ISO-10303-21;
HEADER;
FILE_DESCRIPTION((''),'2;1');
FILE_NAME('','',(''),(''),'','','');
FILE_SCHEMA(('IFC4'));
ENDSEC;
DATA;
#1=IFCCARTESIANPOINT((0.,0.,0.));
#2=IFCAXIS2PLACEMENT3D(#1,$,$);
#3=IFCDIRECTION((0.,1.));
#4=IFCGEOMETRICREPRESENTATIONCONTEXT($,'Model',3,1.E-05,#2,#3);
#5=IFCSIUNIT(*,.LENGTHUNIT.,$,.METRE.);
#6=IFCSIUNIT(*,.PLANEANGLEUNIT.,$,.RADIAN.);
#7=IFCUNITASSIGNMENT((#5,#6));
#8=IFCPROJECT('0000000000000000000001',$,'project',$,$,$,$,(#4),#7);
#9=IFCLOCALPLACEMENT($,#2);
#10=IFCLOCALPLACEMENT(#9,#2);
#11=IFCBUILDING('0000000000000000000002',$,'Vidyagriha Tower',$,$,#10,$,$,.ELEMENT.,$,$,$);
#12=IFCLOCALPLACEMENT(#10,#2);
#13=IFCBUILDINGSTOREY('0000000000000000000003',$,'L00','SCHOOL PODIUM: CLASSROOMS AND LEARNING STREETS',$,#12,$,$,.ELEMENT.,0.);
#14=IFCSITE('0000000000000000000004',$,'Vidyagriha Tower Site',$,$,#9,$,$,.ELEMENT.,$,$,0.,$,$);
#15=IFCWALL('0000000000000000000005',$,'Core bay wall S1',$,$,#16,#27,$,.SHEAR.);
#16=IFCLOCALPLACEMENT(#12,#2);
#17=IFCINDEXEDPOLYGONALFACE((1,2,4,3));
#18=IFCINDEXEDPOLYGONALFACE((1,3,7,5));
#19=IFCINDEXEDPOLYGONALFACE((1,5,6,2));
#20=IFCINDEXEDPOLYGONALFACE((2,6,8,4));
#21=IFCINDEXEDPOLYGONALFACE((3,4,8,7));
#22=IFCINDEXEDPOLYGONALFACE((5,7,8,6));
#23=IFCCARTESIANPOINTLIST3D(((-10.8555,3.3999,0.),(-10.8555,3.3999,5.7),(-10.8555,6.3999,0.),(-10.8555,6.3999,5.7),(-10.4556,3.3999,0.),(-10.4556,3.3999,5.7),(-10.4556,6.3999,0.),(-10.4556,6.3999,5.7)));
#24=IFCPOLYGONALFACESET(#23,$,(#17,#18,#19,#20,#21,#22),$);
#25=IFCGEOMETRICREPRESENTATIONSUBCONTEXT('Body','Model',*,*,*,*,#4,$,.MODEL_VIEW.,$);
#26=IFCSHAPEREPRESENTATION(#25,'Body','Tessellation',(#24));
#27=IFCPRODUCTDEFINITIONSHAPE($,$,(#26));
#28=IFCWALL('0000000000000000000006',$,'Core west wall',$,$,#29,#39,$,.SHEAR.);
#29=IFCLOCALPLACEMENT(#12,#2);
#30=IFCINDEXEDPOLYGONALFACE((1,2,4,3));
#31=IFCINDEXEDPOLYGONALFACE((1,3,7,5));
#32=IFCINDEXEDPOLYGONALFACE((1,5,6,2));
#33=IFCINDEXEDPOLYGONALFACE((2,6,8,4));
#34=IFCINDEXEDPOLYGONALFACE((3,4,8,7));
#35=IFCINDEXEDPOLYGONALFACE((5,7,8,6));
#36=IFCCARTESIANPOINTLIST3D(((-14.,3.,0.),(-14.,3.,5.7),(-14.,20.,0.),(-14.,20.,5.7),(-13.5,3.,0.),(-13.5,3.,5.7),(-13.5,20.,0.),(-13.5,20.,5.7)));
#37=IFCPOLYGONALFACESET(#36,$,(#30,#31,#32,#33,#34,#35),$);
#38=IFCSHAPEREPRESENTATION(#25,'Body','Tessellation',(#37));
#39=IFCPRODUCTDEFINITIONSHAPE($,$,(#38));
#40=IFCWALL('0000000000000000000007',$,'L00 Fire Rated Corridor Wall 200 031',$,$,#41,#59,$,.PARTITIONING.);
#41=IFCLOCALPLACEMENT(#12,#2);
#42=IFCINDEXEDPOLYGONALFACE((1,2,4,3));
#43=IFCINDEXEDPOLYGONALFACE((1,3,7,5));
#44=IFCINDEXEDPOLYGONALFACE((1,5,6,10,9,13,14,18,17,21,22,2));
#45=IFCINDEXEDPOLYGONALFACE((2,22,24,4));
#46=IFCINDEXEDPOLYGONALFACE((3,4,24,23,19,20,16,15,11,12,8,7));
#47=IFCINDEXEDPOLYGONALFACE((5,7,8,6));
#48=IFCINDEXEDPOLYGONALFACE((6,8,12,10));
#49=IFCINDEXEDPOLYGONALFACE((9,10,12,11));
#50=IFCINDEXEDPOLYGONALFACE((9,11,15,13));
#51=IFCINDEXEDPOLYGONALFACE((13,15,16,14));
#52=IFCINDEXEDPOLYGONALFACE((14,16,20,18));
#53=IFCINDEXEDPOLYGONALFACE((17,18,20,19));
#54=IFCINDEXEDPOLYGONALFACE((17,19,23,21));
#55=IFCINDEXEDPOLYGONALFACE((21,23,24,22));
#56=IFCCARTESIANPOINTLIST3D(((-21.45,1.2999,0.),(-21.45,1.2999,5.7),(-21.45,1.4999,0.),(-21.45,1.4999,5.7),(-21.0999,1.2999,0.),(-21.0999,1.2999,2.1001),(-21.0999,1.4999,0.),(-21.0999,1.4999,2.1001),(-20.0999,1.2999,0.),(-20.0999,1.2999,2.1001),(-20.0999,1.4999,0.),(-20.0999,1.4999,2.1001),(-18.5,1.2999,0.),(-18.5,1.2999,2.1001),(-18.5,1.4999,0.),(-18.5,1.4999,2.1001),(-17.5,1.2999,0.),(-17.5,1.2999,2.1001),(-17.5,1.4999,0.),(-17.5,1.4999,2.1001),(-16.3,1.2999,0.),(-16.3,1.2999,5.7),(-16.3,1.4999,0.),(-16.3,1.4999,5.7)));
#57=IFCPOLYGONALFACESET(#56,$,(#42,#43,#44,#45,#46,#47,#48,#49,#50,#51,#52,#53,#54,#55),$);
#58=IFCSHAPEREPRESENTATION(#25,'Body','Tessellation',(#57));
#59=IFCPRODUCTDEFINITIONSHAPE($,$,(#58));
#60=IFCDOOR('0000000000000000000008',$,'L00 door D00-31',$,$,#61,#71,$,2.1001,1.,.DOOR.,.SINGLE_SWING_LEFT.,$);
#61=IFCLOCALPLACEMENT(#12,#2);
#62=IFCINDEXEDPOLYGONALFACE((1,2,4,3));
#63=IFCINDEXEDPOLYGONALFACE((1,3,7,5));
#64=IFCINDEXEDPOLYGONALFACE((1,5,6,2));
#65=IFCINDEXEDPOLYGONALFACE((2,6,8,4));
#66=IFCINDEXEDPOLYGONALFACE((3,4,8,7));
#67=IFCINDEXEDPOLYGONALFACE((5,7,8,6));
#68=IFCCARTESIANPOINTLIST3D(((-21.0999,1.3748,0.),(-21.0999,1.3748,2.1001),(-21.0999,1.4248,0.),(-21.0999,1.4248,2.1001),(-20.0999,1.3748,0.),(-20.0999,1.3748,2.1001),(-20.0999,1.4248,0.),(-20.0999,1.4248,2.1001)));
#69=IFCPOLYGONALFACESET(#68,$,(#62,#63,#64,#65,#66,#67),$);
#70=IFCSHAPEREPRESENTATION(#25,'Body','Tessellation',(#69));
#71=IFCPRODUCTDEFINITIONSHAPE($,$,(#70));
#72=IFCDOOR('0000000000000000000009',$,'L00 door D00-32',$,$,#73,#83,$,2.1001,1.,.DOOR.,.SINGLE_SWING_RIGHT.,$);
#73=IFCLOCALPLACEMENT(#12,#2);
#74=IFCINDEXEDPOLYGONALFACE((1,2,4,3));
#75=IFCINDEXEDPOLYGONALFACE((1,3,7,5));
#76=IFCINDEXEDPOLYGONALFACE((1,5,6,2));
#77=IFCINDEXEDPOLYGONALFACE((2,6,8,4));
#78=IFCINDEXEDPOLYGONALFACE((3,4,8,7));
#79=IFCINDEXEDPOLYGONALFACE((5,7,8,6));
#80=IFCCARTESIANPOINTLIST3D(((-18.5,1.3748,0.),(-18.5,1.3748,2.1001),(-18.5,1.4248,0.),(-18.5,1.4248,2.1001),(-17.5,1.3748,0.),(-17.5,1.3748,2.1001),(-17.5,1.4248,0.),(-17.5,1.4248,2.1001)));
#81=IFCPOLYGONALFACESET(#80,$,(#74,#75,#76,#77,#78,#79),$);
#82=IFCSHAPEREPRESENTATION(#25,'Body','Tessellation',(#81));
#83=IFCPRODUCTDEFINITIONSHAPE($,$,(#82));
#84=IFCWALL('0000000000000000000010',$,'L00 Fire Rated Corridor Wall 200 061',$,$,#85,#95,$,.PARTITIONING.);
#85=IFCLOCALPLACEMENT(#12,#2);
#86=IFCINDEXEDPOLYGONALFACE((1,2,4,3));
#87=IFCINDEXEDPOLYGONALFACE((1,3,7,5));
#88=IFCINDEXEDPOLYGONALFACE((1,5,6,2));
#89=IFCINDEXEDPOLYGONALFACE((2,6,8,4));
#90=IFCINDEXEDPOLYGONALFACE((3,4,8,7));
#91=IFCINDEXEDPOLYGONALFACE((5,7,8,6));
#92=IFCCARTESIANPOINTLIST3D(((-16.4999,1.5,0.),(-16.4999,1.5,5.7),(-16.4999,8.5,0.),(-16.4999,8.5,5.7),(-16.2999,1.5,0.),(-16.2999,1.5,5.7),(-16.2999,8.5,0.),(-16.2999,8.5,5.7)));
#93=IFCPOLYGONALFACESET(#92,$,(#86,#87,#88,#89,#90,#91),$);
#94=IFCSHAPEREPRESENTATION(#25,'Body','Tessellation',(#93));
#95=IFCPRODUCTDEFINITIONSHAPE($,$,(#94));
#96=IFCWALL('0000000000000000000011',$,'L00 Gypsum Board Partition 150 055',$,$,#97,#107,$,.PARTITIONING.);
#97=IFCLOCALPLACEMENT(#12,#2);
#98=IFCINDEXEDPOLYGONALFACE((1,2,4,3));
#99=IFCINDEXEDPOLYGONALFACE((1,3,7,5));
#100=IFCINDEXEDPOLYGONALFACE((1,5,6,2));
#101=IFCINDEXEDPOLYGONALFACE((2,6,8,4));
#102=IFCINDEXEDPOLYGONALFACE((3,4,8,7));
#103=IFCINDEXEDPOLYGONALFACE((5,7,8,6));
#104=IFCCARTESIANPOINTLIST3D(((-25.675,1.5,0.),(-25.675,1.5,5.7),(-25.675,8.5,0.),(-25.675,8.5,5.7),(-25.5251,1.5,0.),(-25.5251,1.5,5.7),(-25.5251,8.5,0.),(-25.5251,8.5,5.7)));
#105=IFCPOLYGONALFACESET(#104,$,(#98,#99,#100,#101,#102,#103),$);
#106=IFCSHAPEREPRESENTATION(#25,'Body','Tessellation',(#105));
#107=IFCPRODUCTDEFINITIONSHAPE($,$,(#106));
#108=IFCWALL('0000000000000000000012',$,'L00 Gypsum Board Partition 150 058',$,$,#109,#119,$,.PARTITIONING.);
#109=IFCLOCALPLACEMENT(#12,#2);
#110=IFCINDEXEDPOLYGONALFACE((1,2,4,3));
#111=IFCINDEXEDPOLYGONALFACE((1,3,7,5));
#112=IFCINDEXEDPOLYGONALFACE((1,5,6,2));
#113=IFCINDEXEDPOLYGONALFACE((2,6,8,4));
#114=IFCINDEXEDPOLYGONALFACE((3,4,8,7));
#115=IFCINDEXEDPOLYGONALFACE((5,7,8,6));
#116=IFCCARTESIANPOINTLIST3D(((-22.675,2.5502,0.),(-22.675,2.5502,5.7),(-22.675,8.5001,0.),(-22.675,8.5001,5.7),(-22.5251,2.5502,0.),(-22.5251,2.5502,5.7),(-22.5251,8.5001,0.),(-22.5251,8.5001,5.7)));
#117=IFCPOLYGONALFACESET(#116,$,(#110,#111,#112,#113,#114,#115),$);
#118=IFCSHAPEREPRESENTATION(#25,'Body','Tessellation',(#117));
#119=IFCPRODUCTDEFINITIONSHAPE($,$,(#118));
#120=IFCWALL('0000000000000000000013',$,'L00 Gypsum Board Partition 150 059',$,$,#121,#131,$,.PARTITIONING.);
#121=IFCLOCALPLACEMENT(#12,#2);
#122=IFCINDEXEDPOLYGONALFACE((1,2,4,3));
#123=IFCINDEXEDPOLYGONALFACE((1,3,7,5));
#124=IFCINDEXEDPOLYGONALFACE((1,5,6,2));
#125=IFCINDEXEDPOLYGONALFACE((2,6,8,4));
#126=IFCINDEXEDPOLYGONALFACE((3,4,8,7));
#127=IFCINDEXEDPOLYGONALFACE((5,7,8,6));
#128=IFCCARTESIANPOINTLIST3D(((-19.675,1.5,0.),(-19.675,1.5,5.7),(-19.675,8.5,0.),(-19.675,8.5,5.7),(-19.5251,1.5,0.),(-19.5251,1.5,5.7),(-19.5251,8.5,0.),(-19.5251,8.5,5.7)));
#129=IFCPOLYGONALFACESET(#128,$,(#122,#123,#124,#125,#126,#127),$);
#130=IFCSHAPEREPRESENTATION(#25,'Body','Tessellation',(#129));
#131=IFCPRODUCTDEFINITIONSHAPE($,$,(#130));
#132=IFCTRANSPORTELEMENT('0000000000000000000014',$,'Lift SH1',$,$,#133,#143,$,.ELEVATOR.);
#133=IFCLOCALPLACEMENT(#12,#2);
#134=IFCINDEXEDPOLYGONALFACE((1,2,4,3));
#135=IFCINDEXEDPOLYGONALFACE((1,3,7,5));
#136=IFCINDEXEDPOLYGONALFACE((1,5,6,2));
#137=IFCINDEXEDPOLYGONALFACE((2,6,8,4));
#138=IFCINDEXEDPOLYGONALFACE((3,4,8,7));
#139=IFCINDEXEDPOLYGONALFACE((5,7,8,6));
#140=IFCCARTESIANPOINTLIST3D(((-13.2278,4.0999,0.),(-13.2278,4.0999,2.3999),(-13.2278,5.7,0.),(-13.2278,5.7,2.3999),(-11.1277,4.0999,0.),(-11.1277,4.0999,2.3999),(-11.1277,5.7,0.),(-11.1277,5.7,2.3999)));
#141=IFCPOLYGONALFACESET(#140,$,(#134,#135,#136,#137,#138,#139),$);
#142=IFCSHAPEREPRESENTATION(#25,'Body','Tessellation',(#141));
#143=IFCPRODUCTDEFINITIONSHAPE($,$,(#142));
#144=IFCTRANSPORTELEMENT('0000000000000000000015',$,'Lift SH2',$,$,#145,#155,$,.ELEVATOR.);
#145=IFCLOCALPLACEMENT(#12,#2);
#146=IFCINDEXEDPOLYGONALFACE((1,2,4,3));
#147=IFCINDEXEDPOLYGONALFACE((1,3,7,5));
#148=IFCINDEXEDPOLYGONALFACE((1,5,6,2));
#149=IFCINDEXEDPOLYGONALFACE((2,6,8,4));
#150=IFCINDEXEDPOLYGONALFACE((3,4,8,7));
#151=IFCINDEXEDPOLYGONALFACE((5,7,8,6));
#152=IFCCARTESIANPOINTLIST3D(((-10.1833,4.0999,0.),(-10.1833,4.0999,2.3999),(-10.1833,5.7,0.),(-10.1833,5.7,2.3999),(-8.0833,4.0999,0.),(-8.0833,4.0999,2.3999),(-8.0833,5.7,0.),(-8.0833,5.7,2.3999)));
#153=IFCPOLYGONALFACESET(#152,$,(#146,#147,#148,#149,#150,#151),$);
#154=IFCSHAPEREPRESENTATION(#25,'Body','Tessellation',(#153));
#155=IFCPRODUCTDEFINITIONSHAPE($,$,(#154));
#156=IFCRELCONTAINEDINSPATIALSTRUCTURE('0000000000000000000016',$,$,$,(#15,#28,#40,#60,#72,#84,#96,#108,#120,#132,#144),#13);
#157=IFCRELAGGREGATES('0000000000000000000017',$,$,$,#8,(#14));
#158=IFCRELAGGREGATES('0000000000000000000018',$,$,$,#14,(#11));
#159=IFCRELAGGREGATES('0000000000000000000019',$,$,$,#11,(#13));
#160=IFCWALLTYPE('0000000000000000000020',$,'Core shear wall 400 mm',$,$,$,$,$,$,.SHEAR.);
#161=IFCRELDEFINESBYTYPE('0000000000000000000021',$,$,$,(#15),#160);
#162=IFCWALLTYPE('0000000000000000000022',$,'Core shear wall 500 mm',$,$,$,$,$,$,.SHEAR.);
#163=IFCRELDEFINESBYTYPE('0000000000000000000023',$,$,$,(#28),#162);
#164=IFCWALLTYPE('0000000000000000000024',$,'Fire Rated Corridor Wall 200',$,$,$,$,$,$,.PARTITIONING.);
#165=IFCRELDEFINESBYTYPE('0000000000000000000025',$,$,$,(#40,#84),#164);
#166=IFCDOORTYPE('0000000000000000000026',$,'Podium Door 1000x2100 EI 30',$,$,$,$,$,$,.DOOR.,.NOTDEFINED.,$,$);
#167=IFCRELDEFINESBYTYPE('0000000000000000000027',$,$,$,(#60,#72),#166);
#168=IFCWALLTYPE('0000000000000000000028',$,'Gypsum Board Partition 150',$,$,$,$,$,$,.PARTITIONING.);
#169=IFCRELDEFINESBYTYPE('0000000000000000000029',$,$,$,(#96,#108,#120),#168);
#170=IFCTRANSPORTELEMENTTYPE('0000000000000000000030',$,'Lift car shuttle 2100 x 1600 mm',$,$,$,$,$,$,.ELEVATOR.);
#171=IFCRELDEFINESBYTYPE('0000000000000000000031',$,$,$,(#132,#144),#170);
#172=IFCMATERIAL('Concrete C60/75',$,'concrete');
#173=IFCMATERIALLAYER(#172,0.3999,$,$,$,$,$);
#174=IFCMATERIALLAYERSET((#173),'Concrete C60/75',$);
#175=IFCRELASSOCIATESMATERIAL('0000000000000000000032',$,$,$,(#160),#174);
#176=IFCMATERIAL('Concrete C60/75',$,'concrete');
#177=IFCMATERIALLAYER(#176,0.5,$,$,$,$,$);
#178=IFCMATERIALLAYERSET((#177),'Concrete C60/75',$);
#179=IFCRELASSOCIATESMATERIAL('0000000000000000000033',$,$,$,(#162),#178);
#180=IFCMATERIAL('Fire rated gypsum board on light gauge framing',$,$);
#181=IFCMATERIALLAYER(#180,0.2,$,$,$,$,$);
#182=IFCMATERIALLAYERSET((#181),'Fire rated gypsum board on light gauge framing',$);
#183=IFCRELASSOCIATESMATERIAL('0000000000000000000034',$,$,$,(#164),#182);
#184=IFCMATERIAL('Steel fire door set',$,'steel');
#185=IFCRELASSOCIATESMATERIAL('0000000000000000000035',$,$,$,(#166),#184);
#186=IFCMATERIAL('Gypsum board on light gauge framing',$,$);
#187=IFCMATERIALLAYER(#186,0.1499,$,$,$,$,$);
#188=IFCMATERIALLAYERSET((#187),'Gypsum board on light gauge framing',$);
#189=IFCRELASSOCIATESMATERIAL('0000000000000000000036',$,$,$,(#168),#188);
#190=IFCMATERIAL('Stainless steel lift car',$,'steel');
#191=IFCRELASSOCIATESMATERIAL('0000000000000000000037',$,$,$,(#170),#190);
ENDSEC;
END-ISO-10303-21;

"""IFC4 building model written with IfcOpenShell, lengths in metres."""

from ifc_helpers import new_model, si_unit, direction, frame, frame_2d, origin, origin_2d, place, context, subcontext, project, spatial, rectangle, extrude, material, layer, layer_set, type_object, element, fill, save


model = new_model("IFC4")

# Units and contexts
model_context = context("Model", 3, precision=1e-05, world=origin(), true_north=direction((0.0, 1.0)))
body_context = subcontext(model_context, "Body", "Model", "MODEL_VIEW")
ifc_project = project(units=[si_unit("LENGTHUNIT", "METRE"), si_unit("PLANEANGLEUNIT", "RADIAN")], contexts=[model_context])

# Site, building, storey
site_placement = place(None, origin())
site = spatial("IfcSite", under=ifc_project, at=site_placement, Name="Vidyagriha Tower Site", CompositionType="ELEMENT", RefElevation=0.0)
building_placement = place(site_placement, origin())
building = spatial("IfcBuilding", under=site, at=building_placement, Name="Vidyagriha Tower", CompositionType="ELEMENT")
storey_placement = place(building_placement, origin())
storey = spatial("IfcBuildingStorey", under=building, at=storey_placement, Name="L00", Description="SCHOOL PODIUM: CLASSROOMS AND LEARNING STREETS", CompositionType="ELEMENT", Elevation=0.0)

# Shared definitions
ifc_material_1 = material(Name="Concrete C60/75", Category="concrete")
ifc_layer_1 = layer(ifc_material_1, 0.3999)
ifc_layer_set_1 = layer_set([ifc_layer_1], Name="Concrete C60/75")
wall_type_1 = type_object("IfcWallType", Name="Core shear wall 400 mm", PredefinedType="SHEAR", material=ifc_layer_set_1)

# Walls
wall_1_placement = place(storey_placement, frame((-10.6555, 3.3999, 0.0), z_axis=(0.0, 0.0, 1.0), x_axis=(0.0, 1.0, 0.0)))
element("IfcWall", 1, at=wall_1_placement, inside=storey, type_object=wall_type_1, Name="Core bay wall S1", PredefinedType="SHEAR", context=body_context, shape_type="SweptSolid", body=[
    extrude(rectangle(XDim=3.0, YDim=0.3999, at=frame_2d((1.5, 0.0))), origin(), (0.0, 0.0, 1.0), 5.7),
])
ifc_material_2 = material(Name="Concrete C60/75", Category="concrete")
ifc_layer_2 = layer(ifc_material_2, 0.5)
ifc_layer_set_2 = layer_set([ifc_layer_2], Name="Concrete C60/75")
wall_type_2 = type_object("IfcWallType", Name="Core shear wall 500 mm", PredefinedType="SHEAR", material=ifc_layer_set_2)
wall_2_placement = place(storey_placement, frame((-13.75, 3.0, 0.0), z_axis=(0.0, 0.0, 1.0), x_axis=(0.0, 1.0, 0.0)))
element("IfcWall", 2, at=wall_2_placement, inside=storey, type_object=wall_type_2, Name="Core west wall", PredefinedType="SHEAR", context=body_context, shape_type="SweptSolid", body=[
    extrude(rectangle(XDim=17.0, YDim=0.5, at=frame_2d((8.5, 0.0))), origin(), (0.0, 0.0, 1.0), 5.7),
])

# Wall, openings, doors
ifc_material_3 = material(Name="Fire rated gypsum board on light gauge framing")
ifc_layer_3 = layer(ifc_material_3, 0.2)
ifc_layer_set_3 = layer_set([ifc_layer_3], Name="Fire rated gypsum board on light gauge framing")
wall_type_3 = type_object("IfcWallType", Name="Fire Rated Corridor Wall 200", PredefinedType="PARTITIONING", material=ifc_layer_set_3)
wall_3_placement = place(storey_placement, frame((-21.45, 1.3999, 0.0)))
wall_3 = element("IfcWall", 3, at=wall_3_placement, inside=storey, type_object=wall_type_3, Name="L00 Fire Rated Corridor Wall 200 031", PredefinedType="PARTITIONING", context=body_context, shape_type="SweptSolid", body=[
    extrude(rectangle(XDim=5.1499, YDim=0.2, at=frame_2d((2.575, 0.0))), origin(), (0.0, 0.0, 1.0), 5.7),
])
opening_1_placement = place(wall_3_placement, frame((0.3501, 0.0, 0.0)))
opening_1 = element("IfcOpeningElement", 4, at=opening_1_placement, cuts=wall_3, PredefinedType="OPENING", context=body_context, shape_type="SweptSolid", body=[
    extrude(rectangle(XDim=1.0, YDim=2.1001, at=frame_2d((0.5, 1.05))), frame((0.0, 0.1099, 0.0), z_axis=(0.0, -1.0, 0.0), x_axis=(1.0, 0.0, 0.0)), (0.0, 0.0, 1.0), 0.22),
])
opening_2_placement = place(wall_3_placement, frame((2.95, 0.0, 0.0)))
opening_2 = element("IfcOpeningElement", 5, at=opening_2_placement, cuts=wall_3, PredefinedType="OPENING", context=body_context, shape_type="SweptSolid", body=[
    extrude(rectangle(XDim=1.0, YDim=2.1001, at=frame_2d((0.5, 1.05))), frame((0.0, 0.1099, 0.0), z_axis=(0.0, -1.0, 0.0), x_axis=(1.0, 0.0, 0.0)), (0.0, 0.0, 1.0), 0.22),
])
ifc_material_4 = material(Name="Steel fire door set", Category="steel")
door_type_1 = type_object("IfcDoorType", Name="Podium Door 1000x2100 EI 30", OperationType="NOTDEFINED", PredefinedType="DOOR", material=ifc_material_4)
door_1_placement = place(opening_1_placement, origin())
door_1 = element("IfcDoor", 6, at=door_1_placement, inside=storey, type_object=door_type_1, Name="L00 door D00-31", OperationType="SINGLE_SWING_LEFT", OverallHeight=2.1001, OverallWidth=1.0, PredefinedType="DOOR", context=body_context, shape_type="SweptSolid", body=[
    extrude(rectangle(XDim=1.0, YDim=2.1001, at=frame_2d((0.5, 1.05))), frame((0.0, 0.0249, 0.0), z_axis=(0.0, -1.0, 0.0), x_axis=(1.0, 0.0, 0.0)), (0.0, 0.0, 1.0), 0.05),
])
fill(opening_1, door_1)
door_2_placement = place(opening_2_placement, origin())
door_2 = element("IfcDoor", 7, at=door_2_placement, inside=storey, type_object=door_type_1, Name="L00 door D00-32", OperationType="SINGLE_SWING_RIGHT", OverallHeight=2.1001, OverallWidth=1.0, PredefinedType="DOOR", context=body_context, shape_type="SweptSolid", body=[
    extrude(rectangle(XDim=1.0, YDim=2.1001, at=frame_2d((0.5, 1.05))), frame((0.0, 0.0249, 0.0), z_axis=(0.0, -1.0, 0.0), x_axis=(1.0, 0.0, 0.0)), (0.0, 0.0, 1.0), 0.05),
])
fill(opening_2, door_2)

# Walls
wall_4_placement = place(storey_placement, frame((-16.3999, 1.5, 0.0), z_axis=(0.0, 0.0, 1.0), x_axis=(0.0, 1.0, 0.0)))
element("IfcWall", 8, at=wall_4_placement, inside=storey, type_object=wall_type_3, Name="L00 Fire Rated Corridor Wall 200 061", PredefinedType="PARTITIONING", context=body_context, shape_type="SweptSolid", body=[
    extrude(rectangle(XDim=7.0, YDim=0.2, at=frame_2d((3.5, 0.0))), origin(), (0.0, 0.0, 1.0), 5.7),
])
ifc_material_5 = material(Name="Gypsum board on light gauge framing")
ifc_layer_4 = layer(ifc_material_5, 0.1499)
ifc_layer_set_4 = layer_set([ifc_layer_4], Name="Gypsum board on light gauge framing")
wall_type_4 = type_object("IfcWallType", Name="Gypsum Board Partition 150", PredefinedType="PARTITIONING", material=ifc_layer_set_4)
wall_5_placement = place(storey_placement, frame((-25.6001, 1.5, 0.0), z_axis=(0.0, 0.0, 1.0), x_axis=(0.0, 1.0, 0.0)))
element("IfcWall", 9, at=wall_5_placement, inside=storey, type_object=wall_type_4, Name="L00 Gypsum Board Partition 150 055", PredefinedType="PARTITIONING", context=body_context, shape_type="SweptSolid", body=[
    extrude(rectangle(XDim=7.0, YDim=0.1499, at=frame_2d((3.5, 0.0))), origin(), (0.0, 0.0, 1.0), 5.7),
])
wall_6_placement = place(storey_placement, frame((-22.6001, 2.55, 0.0), z_axis=(0.0, 0.0, 1.0), x_axis=(0.0, 1.0, 0.0)))
element("IfcWall", 10, at=wall_6_placement, inside=storey, type_object=wall_type_4, Name="L00 Gypsum Board Partition 150 058", PredefinedType="PARTITIONING", context=body_context, shape_type="SweptSolid", body=[
    extrude(rectangle(XDim=5.95, YDim=0.1499, at=frame_2d((2.9751, 0.0))), origin(), (0.0, 0.0, 1.0), 5.7),
])
wall_7_placement = place(storey_placement, frame((-19.6001, 1.5, 0.0), z_axis=(0.0, 0.0, 1.0), x_axis=(0.0, 1.0, 0.0)))
element("IfcWall", 11, at=wall_7_placement, inside=storey, type_object=wall_type_4, Name="L00 Gypsum Board Partition 150 059", PredefinedType="PARTITIONING", context=body_context, shape_type="SweptSolid", body=[
    extrude(rectangle(XDim=7.0, YDim=0.1499, at=frame_2d((3.5, 0.0))), origin(), (0.0, 0.0, 1.0), 5.7),
])

# Transport elements
ifc_material_6 = material(Name="Stainless steel lift car", Category="steel")
transport_element_type = type_object("IfcTransportElementType", Name="Lift car shuttle 2100 x 1600 mm", PredefinedType="ELEVATOR", material=ifc_material_6)
for number, where, name in (
    (12, (-12.1777, 4.8999, 0.0), "Lift SH1"),
    (13, (-9.1333, 4.8999, 0.0), "Lift SH2"),
):
    element("IfcTransportElement", number, at=place(storey_placement, frame(where)), inside=storey, type_object=transport_element_type, Name=name, PredefinedType="ELEVATOR", context=body_context, shape_type="SweptSolid", body=[
        extrude(rectangle(XDim=2.1001, YDim=1.6001, at=origin_2d()), origin(), (0.0, 0.0, 1.0), 2.3999),
    ])

save(model, "model.ifc")
